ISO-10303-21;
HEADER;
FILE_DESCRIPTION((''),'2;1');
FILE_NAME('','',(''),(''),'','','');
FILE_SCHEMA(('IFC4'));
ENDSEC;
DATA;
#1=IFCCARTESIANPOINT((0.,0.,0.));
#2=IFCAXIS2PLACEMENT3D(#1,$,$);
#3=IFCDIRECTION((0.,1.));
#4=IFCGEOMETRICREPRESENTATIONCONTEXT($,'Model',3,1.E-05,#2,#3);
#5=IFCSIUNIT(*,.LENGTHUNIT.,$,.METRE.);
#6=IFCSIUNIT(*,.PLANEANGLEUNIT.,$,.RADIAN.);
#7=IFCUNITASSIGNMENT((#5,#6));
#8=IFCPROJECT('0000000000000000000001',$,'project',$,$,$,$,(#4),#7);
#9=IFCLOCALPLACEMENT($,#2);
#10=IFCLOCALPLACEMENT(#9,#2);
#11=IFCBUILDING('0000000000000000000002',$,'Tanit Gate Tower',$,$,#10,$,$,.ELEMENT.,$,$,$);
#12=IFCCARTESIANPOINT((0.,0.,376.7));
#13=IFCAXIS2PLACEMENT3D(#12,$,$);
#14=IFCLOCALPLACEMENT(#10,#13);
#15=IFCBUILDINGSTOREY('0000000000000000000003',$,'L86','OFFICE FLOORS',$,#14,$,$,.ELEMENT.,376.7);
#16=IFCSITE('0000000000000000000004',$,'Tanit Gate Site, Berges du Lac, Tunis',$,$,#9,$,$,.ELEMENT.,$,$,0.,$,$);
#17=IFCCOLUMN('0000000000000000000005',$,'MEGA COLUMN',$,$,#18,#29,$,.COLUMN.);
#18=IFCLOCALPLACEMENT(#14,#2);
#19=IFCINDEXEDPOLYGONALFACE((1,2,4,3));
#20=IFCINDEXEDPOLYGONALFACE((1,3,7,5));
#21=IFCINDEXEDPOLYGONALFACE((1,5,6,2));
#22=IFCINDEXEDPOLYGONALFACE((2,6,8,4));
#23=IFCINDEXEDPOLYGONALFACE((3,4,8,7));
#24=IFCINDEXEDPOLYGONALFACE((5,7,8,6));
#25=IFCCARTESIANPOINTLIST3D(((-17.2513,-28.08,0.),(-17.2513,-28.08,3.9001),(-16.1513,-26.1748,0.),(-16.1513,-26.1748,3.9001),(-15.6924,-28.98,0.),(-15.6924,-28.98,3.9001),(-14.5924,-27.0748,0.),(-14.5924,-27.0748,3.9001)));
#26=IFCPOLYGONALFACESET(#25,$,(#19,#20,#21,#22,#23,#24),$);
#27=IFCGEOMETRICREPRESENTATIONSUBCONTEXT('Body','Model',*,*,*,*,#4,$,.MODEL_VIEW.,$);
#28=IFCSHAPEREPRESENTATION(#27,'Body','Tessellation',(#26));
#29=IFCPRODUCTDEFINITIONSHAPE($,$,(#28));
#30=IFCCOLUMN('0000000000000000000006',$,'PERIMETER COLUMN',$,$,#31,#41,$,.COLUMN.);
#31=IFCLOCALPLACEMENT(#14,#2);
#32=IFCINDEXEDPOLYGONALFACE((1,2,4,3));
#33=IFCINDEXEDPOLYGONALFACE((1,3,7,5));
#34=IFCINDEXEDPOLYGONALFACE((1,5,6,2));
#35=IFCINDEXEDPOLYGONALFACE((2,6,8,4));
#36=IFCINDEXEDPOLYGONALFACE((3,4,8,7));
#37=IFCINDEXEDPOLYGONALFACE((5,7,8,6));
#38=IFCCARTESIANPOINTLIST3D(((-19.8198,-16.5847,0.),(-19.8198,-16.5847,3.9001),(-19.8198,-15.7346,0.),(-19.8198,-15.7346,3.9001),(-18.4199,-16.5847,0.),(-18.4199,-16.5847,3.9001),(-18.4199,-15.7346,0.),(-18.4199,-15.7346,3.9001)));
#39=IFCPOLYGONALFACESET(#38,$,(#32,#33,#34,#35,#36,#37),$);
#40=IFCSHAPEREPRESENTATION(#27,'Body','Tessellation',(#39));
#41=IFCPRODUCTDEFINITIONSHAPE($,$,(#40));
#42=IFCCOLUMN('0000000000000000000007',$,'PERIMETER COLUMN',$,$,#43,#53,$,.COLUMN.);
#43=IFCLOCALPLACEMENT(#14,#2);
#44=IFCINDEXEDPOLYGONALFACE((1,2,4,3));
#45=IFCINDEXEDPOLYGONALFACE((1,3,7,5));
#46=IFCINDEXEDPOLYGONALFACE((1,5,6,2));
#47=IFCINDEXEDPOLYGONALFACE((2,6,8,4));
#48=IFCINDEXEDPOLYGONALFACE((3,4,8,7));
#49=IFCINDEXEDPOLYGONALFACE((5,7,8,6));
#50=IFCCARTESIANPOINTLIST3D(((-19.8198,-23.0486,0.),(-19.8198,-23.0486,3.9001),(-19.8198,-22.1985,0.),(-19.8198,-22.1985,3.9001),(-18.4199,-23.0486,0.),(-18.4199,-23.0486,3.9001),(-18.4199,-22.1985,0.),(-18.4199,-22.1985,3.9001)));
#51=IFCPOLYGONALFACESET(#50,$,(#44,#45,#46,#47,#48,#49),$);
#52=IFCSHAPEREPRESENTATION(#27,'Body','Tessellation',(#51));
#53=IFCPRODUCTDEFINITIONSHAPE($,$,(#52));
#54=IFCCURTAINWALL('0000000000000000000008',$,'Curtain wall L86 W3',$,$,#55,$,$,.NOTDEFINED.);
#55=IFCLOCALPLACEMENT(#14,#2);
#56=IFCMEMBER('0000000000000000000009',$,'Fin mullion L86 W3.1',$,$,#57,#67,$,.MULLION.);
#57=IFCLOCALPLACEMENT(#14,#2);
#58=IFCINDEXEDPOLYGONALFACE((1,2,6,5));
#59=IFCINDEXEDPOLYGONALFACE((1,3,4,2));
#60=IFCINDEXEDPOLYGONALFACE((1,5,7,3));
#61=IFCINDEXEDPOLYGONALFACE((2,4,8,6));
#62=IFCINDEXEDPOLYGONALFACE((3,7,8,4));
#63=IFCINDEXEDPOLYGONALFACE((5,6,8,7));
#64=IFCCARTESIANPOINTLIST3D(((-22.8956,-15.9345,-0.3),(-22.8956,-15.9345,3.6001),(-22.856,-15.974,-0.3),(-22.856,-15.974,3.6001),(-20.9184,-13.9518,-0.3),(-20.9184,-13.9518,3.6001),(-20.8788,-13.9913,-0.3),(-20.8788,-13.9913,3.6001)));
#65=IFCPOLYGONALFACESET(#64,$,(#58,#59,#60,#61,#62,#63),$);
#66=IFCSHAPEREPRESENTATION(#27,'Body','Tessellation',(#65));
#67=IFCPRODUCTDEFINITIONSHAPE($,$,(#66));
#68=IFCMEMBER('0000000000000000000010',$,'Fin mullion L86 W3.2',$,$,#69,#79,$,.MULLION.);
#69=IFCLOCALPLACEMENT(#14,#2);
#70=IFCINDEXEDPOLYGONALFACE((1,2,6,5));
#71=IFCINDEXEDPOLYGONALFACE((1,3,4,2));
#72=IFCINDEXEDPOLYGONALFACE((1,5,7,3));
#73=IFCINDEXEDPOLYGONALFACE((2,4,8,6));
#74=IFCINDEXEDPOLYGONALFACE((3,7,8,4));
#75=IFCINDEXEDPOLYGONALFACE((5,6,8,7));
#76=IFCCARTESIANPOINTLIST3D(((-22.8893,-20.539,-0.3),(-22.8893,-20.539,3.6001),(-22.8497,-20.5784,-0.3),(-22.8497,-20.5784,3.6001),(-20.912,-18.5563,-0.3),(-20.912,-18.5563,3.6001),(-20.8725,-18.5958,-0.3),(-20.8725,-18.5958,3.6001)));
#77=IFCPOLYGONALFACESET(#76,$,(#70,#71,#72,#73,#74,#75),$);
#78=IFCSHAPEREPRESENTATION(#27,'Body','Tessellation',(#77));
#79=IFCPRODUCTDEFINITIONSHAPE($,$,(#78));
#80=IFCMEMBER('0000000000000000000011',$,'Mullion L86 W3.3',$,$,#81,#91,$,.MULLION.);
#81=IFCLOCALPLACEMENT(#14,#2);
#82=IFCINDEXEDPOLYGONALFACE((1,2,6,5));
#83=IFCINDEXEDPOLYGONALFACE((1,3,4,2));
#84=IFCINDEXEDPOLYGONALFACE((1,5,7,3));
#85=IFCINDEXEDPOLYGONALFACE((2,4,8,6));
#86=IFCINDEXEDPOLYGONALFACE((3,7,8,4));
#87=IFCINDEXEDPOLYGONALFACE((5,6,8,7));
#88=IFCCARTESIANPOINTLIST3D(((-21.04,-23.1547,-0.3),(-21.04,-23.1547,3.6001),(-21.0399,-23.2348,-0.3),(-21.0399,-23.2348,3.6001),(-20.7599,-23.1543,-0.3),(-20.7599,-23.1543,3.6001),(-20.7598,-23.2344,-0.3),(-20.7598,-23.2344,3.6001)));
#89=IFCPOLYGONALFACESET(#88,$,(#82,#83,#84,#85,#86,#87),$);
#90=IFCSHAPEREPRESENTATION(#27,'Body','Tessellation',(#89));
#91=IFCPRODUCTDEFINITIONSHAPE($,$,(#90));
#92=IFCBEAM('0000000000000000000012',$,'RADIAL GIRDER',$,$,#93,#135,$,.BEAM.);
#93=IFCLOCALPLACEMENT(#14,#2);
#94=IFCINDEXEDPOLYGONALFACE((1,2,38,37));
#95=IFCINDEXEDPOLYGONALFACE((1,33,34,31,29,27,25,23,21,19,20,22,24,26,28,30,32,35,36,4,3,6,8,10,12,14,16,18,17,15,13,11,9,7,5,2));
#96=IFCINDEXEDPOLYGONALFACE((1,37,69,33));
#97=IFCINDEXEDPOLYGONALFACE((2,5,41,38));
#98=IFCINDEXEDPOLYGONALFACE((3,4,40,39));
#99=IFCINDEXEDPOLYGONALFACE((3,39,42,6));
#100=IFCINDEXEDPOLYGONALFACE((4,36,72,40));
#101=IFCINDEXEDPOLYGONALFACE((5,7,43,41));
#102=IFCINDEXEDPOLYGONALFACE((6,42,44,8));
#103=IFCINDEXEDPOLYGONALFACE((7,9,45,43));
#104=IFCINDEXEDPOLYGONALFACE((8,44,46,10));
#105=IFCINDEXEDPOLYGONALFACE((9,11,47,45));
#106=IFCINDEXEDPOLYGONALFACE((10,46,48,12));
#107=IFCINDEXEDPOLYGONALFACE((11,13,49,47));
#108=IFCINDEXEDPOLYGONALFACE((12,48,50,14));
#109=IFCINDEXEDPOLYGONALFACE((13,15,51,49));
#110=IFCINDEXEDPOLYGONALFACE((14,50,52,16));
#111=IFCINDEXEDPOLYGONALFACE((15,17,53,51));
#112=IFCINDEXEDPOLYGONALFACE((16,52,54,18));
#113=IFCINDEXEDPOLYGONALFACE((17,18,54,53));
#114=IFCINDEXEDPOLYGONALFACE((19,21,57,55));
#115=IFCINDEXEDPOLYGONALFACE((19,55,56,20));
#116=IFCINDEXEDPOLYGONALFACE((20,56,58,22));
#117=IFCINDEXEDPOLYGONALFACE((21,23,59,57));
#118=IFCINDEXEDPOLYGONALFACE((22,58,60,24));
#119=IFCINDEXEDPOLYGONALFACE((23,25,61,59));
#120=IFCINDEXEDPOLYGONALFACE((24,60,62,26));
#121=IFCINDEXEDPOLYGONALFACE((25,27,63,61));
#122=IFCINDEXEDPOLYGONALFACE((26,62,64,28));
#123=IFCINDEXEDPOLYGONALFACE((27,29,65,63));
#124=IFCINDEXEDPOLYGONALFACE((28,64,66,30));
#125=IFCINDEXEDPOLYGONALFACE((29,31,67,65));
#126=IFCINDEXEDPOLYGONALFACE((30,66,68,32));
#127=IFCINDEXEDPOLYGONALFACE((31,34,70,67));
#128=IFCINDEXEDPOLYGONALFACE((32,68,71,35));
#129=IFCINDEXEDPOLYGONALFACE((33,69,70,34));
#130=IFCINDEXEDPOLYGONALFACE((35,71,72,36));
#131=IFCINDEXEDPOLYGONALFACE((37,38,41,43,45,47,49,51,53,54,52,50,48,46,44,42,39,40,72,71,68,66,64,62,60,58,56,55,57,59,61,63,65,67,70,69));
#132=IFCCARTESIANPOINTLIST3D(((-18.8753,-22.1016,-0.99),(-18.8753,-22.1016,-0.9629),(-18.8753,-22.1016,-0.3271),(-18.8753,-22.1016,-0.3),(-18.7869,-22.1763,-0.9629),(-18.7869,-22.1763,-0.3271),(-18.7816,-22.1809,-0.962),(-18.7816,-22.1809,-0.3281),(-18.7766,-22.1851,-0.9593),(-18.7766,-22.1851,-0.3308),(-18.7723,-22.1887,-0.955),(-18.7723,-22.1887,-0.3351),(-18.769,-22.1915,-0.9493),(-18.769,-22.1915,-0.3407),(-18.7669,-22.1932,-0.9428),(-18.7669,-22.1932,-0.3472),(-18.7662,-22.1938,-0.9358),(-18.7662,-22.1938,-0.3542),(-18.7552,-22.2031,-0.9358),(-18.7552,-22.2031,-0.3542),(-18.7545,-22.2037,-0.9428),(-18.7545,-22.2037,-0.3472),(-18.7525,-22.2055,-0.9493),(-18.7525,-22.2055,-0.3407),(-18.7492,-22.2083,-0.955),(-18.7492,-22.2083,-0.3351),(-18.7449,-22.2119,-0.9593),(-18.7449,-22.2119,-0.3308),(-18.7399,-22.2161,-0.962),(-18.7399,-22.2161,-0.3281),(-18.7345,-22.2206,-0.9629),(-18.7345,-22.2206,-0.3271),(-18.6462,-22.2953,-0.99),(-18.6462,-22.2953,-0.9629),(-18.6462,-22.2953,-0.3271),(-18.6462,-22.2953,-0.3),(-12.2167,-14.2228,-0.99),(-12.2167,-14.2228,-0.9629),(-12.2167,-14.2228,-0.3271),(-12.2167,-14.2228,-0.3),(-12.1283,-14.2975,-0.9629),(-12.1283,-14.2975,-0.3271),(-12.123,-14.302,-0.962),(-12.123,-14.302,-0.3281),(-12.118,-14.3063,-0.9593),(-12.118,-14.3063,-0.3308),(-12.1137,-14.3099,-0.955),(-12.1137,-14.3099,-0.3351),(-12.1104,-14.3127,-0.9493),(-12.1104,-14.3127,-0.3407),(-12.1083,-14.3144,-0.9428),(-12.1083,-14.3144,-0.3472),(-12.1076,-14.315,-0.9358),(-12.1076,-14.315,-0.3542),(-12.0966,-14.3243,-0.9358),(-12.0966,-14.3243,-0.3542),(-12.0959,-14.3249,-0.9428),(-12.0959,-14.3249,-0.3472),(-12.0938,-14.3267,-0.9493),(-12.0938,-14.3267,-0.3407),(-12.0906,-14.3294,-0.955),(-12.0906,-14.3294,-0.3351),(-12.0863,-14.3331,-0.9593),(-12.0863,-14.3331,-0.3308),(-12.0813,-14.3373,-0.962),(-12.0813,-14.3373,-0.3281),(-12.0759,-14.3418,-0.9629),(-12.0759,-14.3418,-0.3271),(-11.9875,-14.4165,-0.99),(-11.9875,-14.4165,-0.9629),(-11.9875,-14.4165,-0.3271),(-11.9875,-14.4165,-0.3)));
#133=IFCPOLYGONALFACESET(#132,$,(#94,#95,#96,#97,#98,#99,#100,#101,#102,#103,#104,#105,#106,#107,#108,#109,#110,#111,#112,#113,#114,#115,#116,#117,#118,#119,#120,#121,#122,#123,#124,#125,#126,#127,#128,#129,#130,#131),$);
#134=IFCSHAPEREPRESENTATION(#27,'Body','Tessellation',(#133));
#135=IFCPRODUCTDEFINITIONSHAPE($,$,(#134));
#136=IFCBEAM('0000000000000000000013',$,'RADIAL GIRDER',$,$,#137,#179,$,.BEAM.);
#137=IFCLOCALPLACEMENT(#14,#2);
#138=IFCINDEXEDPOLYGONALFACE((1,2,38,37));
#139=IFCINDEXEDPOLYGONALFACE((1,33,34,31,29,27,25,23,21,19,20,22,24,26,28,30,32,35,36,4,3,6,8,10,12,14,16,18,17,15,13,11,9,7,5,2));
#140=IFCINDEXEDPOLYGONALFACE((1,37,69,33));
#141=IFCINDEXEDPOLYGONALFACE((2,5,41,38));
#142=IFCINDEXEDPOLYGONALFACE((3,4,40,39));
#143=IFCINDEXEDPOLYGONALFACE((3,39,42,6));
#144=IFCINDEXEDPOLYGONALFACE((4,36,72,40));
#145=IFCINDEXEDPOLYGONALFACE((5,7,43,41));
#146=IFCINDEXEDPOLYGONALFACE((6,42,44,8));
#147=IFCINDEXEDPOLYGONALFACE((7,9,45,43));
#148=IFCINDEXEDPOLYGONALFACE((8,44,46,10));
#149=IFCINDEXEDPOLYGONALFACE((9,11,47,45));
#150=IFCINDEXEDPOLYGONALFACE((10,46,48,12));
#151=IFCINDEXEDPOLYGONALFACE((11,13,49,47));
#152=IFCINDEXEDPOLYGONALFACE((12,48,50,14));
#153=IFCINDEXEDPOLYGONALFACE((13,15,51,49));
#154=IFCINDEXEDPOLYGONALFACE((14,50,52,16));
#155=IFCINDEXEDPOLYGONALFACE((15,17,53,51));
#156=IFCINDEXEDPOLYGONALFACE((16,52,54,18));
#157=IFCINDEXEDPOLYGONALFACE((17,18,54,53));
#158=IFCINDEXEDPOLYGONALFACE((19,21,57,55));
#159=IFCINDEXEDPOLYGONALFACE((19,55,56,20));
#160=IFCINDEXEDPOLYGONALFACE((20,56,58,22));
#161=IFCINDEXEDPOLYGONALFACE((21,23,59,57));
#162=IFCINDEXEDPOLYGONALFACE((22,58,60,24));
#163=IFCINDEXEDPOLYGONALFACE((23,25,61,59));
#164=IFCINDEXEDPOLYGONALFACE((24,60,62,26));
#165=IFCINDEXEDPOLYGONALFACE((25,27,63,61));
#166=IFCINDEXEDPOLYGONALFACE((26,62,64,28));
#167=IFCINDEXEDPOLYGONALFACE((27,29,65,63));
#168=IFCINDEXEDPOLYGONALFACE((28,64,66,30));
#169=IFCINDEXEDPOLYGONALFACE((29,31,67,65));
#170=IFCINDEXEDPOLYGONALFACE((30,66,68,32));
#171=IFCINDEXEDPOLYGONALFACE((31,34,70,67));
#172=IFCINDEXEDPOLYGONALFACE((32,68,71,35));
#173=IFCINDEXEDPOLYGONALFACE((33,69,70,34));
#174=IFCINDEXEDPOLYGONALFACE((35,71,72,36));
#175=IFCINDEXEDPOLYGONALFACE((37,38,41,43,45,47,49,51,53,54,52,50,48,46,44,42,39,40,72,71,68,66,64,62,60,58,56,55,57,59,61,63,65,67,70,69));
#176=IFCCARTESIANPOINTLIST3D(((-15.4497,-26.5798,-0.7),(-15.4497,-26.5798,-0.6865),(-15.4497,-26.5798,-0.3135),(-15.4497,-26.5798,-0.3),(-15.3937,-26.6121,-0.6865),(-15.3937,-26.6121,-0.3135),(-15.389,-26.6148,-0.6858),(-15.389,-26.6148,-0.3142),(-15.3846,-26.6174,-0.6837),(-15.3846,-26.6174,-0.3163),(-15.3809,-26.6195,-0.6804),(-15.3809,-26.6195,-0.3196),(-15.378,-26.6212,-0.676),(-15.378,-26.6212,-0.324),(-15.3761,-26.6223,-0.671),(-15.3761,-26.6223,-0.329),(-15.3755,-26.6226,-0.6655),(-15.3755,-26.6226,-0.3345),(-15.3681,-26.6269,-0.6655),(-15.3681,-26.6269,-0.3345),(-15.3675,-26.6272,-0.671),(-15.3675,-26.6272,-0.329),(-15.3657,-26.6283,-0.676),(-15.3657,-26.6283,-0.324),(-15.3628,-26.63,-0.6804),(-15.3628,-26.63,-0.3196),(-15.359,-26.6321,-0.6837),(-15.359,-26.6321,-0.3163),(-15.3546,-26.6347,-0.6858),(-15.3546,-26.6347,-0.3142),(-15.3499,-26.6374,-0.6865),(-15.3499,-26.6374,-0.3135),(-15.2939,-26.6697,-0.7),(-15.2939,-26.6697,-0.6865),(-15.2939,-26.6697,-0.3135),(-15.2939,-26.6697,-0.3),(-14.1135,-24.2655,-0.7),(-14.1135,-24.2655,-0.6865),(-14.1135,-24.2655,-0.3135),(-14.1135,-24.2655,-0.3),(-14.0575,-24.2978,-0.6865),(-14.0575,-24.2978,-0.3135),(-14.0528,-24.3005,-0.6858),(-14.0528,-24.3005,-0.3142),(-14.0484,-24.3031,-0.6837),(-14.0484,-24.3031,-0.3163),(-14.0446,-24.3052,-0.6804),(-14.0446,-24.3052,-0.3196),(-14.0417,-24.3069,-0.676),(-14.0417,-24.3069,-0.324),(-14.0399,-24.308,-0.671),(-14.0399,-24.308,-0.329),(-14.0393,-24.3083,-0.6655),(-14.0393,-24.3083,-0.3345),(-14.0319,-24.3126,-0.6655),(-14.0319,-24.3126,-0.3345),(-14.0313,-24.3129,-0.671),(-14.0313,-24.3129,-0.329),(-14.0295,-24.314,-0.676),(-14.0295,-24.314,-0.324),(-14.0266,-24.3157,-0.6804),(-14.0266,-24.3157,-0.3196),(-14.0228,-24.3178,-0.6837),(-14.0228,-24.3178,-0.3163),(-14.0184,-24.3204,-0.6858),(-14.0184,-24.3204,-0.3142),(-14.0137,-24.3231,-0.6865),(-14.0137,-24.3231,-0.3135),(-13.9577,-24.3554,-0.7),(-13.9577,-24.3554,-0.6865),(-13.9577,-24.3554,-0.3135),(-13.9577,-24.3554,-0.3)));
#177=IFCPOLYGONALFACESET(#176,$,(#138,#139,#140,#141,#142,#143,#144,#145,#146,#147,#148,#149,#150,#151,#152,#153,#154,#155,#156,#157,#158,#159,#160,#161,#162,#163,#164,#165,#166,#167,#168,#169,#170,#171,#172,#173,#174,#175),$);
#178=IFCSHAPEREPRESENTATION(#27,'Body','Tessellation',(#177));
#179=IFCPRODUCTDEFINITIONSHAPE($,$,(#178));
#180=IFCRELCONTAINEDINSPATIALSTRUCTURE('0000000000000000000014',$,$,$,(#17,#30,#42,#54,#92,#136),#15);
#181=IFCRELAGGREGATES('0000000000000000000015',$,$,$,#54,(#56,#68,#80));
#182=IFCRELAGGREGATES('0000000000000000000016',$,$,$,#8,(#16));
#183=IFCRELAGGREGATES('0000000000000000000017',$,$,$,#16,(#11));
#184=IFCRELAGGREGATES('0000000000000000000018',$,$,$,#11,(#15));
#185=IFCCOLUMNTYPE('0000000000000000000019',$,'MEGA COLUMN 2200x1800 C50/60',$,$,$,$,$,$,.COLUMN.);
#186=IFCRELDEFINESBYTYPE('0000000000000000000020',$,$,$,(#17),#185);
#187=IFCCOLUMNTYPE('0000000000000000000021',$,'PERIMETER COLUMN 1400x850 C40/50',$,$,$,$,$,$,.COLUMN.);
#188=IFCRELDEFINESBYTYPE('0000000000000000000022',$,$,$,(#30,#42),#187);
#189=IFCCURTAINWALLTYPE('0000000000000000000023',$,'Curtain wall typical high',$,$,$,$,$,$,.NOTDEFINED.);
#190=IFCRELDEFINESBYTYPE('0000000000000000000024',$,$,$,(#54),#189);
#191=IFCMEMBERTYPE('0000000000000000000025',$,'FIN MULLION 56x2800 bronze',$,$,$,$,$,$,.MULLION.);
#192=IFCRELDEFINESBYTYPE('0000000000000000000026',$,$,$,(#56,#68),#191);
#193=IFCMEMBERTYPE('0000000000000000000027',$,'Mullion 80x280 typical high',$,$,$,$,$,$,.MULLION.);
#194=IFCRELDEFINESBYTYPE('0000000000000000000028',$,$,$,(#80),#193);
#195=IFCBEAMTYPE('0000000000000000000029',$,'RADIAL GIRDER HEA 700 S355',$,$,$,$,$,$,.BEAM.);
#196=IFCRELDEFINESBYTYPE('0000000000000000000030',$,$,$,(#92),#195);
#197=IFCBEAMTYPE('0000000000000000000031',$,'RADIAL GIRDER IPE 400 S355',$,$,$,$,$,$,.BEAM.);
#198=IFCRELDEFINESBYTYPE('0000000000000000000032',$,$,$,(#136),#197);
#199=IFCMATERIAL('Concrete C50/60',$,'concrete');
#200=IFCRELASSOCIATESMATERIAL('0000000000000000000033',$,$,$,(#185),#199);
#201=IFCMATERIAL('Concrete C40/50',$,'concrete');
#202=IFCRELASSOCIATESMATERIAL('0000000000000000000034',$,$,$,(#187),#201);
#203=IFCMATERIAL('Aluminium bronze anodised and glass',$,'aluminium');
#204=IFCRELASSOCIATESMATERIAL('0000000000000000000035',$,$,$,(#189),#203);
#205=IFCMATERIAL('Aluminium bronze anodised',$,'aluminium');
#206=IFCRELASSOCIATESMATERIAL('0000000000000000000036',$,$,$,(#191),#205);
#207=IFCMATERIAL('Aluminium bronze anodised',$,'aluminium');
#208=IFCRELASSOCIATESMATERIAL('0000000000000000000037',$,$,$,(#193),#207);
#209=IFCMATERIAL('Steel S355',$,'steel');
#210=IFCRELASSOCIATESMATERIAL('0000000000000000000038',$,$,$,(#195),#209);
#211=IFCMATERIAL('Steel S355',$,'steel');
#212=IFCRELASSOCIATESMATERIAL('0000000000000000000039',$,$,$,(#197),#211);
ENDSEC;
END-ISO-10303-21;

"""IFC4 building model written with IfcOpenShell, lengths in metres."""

from ifc_helpers import new_model, si_unit, direction, frame, origin, origin_2d, place, context, subcontext, project, spatial, rectangle, i_section, extrude, material, material_profile, profile_set, type_object, element, aggregate, save


model = new_model("IFC4")

# Units and contexts
model_context = context("Model", 3, precision=1e-05, world=origin(), true_north=direction((0.0, 1.0)))
body_context = subcontext(model_context, "Body", "Model", "MODEL_VIEW")
ifc_project = project(units=[si_unit("LENGTHUNIT", "METRE"), si_unit("PLANEANGLEUNIT", "RADIAN")], contexts=[model_context])

# Site, building, storey
site_placement = place(None, origin())
site = spatial("IfcSite", under=ifc_project, at=site_placement, Name="Tanit Gate Site, Berges du Lac, Tunis", CompositionType="ELEMENT", RefElevation=0.0)
building_placement = place(site_placement, origin())
building = spatial("IfcBuilding", under=site, at=building_placement, Name="Tanit Gate Tower", CompositionType="ELEMENT")
storey_placement = place(building_placement, frame((0.0, 0.0, 376.7)))
storey = spatial("IfcBuildingStorey", under=building, at=storey_placement, Name="L86", Description="OFFICE FLOORS", CompositionType="ELEMENT", Elevation=376.7)

# Columns
ifc_material_1 = material(Name="Concrete C50/60", Category="concrete")
ifc_material_profile_1 = material_profile(ifc_material_1, rectangle(XDim=2.2, YDim=1.8, at=origin_2d()), Name="RC 2200x1800")
ifc_profile_set_1 = profile_set([ifc_material_profile_1], Name="Concrete C50/60")
column_type_1 = type_object("IfcColumnType", Name="MEGA COLUMN 2200x1800 C50/60", PredefinedType="COLUMN", material=ifc_profile_set_1)
column_placement = place(storey_placement, frame((-15.9219, -27.5774, 0.0), z_axis=(0.0, 0.0, 1.0), x_axis=(-0.5, -0.866025, 0.0)))
element("IfcColumn", 1, at=column_placement, inside=storey, type_object=column_type_1, Name="MEGA COLUMN", PredefinedType="COLUMN", context=body_context, shape_type="SweptSolid", body=[
    extrude(rectangle(XDim=2.2, YDim=1.8, at=origin_2d()), origin(), (0.0, 0.0, 1.0), 3.9001),
])
ifc_material_2 = material(Name="Concrete C40/50", Category="concrete")
ifc_material_profile_2 = material_profile(ifc_material_2, rectangle(XDim=1.3999, YDim=0.8501, at=origin_2d()), Name="RC 1400x850")
ifc_profile_set_2 = profile_set([ifc_material_profile_2], Name="Concrete C40/50")
column_type_2 = type_object("IfcColumnType", Name="PERIMETER COLUMN 1400x850 C40/50", PredefinedType="COLUMN", material=ifc_profile_set_2)
for number, where, z_axis, x_axis, name in (
    (2, (-19.1199, -16.1597, 0.0), (0.0, 0.0, 1.0), (-1.0, 0.0, 0.0), "PERIMETER COLUMN"),
    (3, (-19.1199, -22.6235, 0.0), (0.0, 0.0, 1.0), (-1.0, 0.0, 0.0), "PERIMETER COLUMN"),
):
    element("IfcColumn", number, at=place(storey_placement, frame(where, z_axis=z_axis, x_axis=x_axis)), inside=storey, type_object=column_type_2, Name=name, PredefinedType="COLUMN", context=body_context, shape_type="SweptSolid", body=[
        extrude(rectangle(XDim=1.3999, YDim=0.8501, at=origin_2d()), origin(), (0.0, 0.0, 1.0), 3.9001),
    ])

# Curtain wall, members
ifc_material_3 = material(Name="Aluminium bronze anodised and glass", Category="aluminium")
curtain_wall_type = type_object("IfcCurtainWallType", Name="Curtain wall typical high", PredefinedType="NOTDEFINED", material=ifc_material_3)
curtain_wall_placement = place(storey_placement, origin())
curtain_wall = element("IfcCurtainWall", 4, at=curtain_wall_placement, inside=storey, type_object=curtain_wall_type, Name="Curtain wall L86 W3", PredefinedType="NOTDEFINED")
ifc_material_4 = material(Name="Aluminium bronze anodised", Category="aluminium")
ifc_material_profile_3 = material_profile(ifc_material_4, rectangle(XDim=2.8, YDim=0.0559, at=origin_2d()), Name="56x2800 bronze fin mullion")
ifc_profile_set_3 = profile_set([ifc_material_profile_3], Name="Aluminium bronze anodised")
member_type_1 = type_object("IfcMemberType", Name="FIN MULLION 56x2800 bronze", PredefinedType="MULLION", material=ifc_profile_set_3)
member_1_placement = place(storey_placement, frame((-21.8872, -14.9629, -0.3), z_axis=(0.0, 0.0, 1.0), x_axis=(0.706136, 0.708076, 0.0)))
member_1 = element("IfcMember", 5, at=member_1_placement, type_object=member_type_1, Name="Fin mullion L86 W3.1", PredefinedType="MULLION", context=body_context, shape_type="SweptSolid", body=[
    extrude(rectangle(XDim=2.8, YDim=0.0559, at=origin_2d()), origin(), (0.0, 0.0, 1.0), 3.9001),
])
member_2_placement = place(storey_placement, frame((-21.8809, -19.5674, -0.3), z_axis=(0.0, 0.0, 1.0), x_axis=(0.706136, 0.708076, 0.0)))
member_2 = element("IfcMember", 6, at=member_2_placement, type_object=member_type_1, Name="Fin mullion L86 W3.2", PredefinedType="MULLION", context=body_context, shape_type="SweptSolid", body=[
    extrude(rectangle(XDim=2.8, YDim=0.0559, at=origin_2d()), origin(), (0.0, 0.0, 1.0), 3.9001),
])
ifc_material_5 = material(Name="Aluminium bronze anodised", Category="aluminium")
ifc_material_profile_4 = material_profile(ifc_material_5, rectangle(XDim=0.28, YDim=0.0801, at=origin_2d()), Name="80x280 bronze mullion")
ifc_profile_set_4 = profile_set([ifc_material_profile_4], Name="Aluminium bronze anodised")
member_type_2 = type_object("IfcMemberType", Name="Mullion 80x280 typical high", PredefinedType="MULLION", material=ifc_profile_set_4)
member_3_placement = place(storey_placement, frame((-20.8999, -23.1946, -0.3), z_axis=(0.0, 0.0, 1.0), x_axis=(0.999999, 0.001372, 0.0)))
member_3 = element("IfcMember", 7, at=member_3_placement, type_object=member_type_2, Name="Mullion L86 W3.3", PredefinedType="MULLION", context=body_context, shape_type="SweptSolid", body=[
    extrude(rectangle(XDim=0.28, YDim=0.0801, at=origin_2d()), origin(), (0.0, 0.0, 1.0), 3.9001),
])

# Beams
ifc_material_6 = material(Name="Steel S355", Category="steel")
ifc_material_profile_5 = material_profile(ifc_material_6, i_section(OverallWidth=0.3, OverallDepth=0.6899, WebThickness=0.0144, FlangeThickness=0.0271, FilletRadius=0.0271, at=origin_2d()), Name="HEA 700")
ifc_profile_set_5 = profile_set([ifc_material_profile_5], Name="Steel S355")
beam_type_1 = type_object("IfcBeamType", Name="RADIAL GIRDER HEA 700 S355", PredefinedType="BEAM", material=ifc_profile_set_5)
beam_1_placement = place(storey_placement, frame((-18.7607, -22.1985, -0.645), z_axis=(0.645486, 0.763772, 0.0), x_axis=(-0.763772, 0.645486, 0.0)))
element("IfcBeam", 8, at=beam_1_placement, inside=storey, type_object=beam_type_1, Name="RADIAL GIRDER", PredefinedType="BEAM", context=body_context, shape_type="SweptSolid", body=[
    extrude(i_section(OverallWidth=0.3, OverallDepth=0.6899, WebThickness=0.0144, FlangeThickness=0.0271, FilletRadius=0.0271, at=origin_2d()), origin(), (0.0, 0.0, 1.0), 10.3157),
])
ifc_material_7 = material(Name="Steel S355", Category="steel")
ifc_material_profile_6 = material_profile(ifc_material_7, i_section(OverallWidth=0.1799, OverallDepth=0.3999, WebThickness=0.0085, FlangeThickness=0.0134, FilletRadius=0.021, at=origin_2d()), Name="IPE 400")
ifc_profile_set_6 = profile_set([ifc_material_profile_6], Name="Steel S355")
beam_type_2 = type_object("IfcBeamType", Name="RADIAL GIRDER IPE 400 S355", PredefinedType="BEAM", material=ifc_profile_set_6)
beam_2_placement = place(storey_placement, frame((-15.3718, -26.6248, -0.5), z_axis=(0.50002, 0.866014, 0.0), x_axis=(-0.866014, 0.50002, 0.0)))
element("IfcBeam", 9, at=beam_2_placement, inside=storey, type_object=beam_type_2, Name="RADIAL GIRDER", PredefinedType="BEAM", context=body_context, shape_type="SweptSolid", body=[
    extrude(i_section(OverallWidth=0.1799, OverallDepth=0.3999, WebThickness=0.0085, FlangeThickness=0.0134, FilletRadius=0.021, at=origin_2d()), origin(), (0.0, 0.0, 1.0), 2.6724),
])

aggregate(curtain_wall, [member_1, member_2, member_3])

save(model, "model.ifc")
